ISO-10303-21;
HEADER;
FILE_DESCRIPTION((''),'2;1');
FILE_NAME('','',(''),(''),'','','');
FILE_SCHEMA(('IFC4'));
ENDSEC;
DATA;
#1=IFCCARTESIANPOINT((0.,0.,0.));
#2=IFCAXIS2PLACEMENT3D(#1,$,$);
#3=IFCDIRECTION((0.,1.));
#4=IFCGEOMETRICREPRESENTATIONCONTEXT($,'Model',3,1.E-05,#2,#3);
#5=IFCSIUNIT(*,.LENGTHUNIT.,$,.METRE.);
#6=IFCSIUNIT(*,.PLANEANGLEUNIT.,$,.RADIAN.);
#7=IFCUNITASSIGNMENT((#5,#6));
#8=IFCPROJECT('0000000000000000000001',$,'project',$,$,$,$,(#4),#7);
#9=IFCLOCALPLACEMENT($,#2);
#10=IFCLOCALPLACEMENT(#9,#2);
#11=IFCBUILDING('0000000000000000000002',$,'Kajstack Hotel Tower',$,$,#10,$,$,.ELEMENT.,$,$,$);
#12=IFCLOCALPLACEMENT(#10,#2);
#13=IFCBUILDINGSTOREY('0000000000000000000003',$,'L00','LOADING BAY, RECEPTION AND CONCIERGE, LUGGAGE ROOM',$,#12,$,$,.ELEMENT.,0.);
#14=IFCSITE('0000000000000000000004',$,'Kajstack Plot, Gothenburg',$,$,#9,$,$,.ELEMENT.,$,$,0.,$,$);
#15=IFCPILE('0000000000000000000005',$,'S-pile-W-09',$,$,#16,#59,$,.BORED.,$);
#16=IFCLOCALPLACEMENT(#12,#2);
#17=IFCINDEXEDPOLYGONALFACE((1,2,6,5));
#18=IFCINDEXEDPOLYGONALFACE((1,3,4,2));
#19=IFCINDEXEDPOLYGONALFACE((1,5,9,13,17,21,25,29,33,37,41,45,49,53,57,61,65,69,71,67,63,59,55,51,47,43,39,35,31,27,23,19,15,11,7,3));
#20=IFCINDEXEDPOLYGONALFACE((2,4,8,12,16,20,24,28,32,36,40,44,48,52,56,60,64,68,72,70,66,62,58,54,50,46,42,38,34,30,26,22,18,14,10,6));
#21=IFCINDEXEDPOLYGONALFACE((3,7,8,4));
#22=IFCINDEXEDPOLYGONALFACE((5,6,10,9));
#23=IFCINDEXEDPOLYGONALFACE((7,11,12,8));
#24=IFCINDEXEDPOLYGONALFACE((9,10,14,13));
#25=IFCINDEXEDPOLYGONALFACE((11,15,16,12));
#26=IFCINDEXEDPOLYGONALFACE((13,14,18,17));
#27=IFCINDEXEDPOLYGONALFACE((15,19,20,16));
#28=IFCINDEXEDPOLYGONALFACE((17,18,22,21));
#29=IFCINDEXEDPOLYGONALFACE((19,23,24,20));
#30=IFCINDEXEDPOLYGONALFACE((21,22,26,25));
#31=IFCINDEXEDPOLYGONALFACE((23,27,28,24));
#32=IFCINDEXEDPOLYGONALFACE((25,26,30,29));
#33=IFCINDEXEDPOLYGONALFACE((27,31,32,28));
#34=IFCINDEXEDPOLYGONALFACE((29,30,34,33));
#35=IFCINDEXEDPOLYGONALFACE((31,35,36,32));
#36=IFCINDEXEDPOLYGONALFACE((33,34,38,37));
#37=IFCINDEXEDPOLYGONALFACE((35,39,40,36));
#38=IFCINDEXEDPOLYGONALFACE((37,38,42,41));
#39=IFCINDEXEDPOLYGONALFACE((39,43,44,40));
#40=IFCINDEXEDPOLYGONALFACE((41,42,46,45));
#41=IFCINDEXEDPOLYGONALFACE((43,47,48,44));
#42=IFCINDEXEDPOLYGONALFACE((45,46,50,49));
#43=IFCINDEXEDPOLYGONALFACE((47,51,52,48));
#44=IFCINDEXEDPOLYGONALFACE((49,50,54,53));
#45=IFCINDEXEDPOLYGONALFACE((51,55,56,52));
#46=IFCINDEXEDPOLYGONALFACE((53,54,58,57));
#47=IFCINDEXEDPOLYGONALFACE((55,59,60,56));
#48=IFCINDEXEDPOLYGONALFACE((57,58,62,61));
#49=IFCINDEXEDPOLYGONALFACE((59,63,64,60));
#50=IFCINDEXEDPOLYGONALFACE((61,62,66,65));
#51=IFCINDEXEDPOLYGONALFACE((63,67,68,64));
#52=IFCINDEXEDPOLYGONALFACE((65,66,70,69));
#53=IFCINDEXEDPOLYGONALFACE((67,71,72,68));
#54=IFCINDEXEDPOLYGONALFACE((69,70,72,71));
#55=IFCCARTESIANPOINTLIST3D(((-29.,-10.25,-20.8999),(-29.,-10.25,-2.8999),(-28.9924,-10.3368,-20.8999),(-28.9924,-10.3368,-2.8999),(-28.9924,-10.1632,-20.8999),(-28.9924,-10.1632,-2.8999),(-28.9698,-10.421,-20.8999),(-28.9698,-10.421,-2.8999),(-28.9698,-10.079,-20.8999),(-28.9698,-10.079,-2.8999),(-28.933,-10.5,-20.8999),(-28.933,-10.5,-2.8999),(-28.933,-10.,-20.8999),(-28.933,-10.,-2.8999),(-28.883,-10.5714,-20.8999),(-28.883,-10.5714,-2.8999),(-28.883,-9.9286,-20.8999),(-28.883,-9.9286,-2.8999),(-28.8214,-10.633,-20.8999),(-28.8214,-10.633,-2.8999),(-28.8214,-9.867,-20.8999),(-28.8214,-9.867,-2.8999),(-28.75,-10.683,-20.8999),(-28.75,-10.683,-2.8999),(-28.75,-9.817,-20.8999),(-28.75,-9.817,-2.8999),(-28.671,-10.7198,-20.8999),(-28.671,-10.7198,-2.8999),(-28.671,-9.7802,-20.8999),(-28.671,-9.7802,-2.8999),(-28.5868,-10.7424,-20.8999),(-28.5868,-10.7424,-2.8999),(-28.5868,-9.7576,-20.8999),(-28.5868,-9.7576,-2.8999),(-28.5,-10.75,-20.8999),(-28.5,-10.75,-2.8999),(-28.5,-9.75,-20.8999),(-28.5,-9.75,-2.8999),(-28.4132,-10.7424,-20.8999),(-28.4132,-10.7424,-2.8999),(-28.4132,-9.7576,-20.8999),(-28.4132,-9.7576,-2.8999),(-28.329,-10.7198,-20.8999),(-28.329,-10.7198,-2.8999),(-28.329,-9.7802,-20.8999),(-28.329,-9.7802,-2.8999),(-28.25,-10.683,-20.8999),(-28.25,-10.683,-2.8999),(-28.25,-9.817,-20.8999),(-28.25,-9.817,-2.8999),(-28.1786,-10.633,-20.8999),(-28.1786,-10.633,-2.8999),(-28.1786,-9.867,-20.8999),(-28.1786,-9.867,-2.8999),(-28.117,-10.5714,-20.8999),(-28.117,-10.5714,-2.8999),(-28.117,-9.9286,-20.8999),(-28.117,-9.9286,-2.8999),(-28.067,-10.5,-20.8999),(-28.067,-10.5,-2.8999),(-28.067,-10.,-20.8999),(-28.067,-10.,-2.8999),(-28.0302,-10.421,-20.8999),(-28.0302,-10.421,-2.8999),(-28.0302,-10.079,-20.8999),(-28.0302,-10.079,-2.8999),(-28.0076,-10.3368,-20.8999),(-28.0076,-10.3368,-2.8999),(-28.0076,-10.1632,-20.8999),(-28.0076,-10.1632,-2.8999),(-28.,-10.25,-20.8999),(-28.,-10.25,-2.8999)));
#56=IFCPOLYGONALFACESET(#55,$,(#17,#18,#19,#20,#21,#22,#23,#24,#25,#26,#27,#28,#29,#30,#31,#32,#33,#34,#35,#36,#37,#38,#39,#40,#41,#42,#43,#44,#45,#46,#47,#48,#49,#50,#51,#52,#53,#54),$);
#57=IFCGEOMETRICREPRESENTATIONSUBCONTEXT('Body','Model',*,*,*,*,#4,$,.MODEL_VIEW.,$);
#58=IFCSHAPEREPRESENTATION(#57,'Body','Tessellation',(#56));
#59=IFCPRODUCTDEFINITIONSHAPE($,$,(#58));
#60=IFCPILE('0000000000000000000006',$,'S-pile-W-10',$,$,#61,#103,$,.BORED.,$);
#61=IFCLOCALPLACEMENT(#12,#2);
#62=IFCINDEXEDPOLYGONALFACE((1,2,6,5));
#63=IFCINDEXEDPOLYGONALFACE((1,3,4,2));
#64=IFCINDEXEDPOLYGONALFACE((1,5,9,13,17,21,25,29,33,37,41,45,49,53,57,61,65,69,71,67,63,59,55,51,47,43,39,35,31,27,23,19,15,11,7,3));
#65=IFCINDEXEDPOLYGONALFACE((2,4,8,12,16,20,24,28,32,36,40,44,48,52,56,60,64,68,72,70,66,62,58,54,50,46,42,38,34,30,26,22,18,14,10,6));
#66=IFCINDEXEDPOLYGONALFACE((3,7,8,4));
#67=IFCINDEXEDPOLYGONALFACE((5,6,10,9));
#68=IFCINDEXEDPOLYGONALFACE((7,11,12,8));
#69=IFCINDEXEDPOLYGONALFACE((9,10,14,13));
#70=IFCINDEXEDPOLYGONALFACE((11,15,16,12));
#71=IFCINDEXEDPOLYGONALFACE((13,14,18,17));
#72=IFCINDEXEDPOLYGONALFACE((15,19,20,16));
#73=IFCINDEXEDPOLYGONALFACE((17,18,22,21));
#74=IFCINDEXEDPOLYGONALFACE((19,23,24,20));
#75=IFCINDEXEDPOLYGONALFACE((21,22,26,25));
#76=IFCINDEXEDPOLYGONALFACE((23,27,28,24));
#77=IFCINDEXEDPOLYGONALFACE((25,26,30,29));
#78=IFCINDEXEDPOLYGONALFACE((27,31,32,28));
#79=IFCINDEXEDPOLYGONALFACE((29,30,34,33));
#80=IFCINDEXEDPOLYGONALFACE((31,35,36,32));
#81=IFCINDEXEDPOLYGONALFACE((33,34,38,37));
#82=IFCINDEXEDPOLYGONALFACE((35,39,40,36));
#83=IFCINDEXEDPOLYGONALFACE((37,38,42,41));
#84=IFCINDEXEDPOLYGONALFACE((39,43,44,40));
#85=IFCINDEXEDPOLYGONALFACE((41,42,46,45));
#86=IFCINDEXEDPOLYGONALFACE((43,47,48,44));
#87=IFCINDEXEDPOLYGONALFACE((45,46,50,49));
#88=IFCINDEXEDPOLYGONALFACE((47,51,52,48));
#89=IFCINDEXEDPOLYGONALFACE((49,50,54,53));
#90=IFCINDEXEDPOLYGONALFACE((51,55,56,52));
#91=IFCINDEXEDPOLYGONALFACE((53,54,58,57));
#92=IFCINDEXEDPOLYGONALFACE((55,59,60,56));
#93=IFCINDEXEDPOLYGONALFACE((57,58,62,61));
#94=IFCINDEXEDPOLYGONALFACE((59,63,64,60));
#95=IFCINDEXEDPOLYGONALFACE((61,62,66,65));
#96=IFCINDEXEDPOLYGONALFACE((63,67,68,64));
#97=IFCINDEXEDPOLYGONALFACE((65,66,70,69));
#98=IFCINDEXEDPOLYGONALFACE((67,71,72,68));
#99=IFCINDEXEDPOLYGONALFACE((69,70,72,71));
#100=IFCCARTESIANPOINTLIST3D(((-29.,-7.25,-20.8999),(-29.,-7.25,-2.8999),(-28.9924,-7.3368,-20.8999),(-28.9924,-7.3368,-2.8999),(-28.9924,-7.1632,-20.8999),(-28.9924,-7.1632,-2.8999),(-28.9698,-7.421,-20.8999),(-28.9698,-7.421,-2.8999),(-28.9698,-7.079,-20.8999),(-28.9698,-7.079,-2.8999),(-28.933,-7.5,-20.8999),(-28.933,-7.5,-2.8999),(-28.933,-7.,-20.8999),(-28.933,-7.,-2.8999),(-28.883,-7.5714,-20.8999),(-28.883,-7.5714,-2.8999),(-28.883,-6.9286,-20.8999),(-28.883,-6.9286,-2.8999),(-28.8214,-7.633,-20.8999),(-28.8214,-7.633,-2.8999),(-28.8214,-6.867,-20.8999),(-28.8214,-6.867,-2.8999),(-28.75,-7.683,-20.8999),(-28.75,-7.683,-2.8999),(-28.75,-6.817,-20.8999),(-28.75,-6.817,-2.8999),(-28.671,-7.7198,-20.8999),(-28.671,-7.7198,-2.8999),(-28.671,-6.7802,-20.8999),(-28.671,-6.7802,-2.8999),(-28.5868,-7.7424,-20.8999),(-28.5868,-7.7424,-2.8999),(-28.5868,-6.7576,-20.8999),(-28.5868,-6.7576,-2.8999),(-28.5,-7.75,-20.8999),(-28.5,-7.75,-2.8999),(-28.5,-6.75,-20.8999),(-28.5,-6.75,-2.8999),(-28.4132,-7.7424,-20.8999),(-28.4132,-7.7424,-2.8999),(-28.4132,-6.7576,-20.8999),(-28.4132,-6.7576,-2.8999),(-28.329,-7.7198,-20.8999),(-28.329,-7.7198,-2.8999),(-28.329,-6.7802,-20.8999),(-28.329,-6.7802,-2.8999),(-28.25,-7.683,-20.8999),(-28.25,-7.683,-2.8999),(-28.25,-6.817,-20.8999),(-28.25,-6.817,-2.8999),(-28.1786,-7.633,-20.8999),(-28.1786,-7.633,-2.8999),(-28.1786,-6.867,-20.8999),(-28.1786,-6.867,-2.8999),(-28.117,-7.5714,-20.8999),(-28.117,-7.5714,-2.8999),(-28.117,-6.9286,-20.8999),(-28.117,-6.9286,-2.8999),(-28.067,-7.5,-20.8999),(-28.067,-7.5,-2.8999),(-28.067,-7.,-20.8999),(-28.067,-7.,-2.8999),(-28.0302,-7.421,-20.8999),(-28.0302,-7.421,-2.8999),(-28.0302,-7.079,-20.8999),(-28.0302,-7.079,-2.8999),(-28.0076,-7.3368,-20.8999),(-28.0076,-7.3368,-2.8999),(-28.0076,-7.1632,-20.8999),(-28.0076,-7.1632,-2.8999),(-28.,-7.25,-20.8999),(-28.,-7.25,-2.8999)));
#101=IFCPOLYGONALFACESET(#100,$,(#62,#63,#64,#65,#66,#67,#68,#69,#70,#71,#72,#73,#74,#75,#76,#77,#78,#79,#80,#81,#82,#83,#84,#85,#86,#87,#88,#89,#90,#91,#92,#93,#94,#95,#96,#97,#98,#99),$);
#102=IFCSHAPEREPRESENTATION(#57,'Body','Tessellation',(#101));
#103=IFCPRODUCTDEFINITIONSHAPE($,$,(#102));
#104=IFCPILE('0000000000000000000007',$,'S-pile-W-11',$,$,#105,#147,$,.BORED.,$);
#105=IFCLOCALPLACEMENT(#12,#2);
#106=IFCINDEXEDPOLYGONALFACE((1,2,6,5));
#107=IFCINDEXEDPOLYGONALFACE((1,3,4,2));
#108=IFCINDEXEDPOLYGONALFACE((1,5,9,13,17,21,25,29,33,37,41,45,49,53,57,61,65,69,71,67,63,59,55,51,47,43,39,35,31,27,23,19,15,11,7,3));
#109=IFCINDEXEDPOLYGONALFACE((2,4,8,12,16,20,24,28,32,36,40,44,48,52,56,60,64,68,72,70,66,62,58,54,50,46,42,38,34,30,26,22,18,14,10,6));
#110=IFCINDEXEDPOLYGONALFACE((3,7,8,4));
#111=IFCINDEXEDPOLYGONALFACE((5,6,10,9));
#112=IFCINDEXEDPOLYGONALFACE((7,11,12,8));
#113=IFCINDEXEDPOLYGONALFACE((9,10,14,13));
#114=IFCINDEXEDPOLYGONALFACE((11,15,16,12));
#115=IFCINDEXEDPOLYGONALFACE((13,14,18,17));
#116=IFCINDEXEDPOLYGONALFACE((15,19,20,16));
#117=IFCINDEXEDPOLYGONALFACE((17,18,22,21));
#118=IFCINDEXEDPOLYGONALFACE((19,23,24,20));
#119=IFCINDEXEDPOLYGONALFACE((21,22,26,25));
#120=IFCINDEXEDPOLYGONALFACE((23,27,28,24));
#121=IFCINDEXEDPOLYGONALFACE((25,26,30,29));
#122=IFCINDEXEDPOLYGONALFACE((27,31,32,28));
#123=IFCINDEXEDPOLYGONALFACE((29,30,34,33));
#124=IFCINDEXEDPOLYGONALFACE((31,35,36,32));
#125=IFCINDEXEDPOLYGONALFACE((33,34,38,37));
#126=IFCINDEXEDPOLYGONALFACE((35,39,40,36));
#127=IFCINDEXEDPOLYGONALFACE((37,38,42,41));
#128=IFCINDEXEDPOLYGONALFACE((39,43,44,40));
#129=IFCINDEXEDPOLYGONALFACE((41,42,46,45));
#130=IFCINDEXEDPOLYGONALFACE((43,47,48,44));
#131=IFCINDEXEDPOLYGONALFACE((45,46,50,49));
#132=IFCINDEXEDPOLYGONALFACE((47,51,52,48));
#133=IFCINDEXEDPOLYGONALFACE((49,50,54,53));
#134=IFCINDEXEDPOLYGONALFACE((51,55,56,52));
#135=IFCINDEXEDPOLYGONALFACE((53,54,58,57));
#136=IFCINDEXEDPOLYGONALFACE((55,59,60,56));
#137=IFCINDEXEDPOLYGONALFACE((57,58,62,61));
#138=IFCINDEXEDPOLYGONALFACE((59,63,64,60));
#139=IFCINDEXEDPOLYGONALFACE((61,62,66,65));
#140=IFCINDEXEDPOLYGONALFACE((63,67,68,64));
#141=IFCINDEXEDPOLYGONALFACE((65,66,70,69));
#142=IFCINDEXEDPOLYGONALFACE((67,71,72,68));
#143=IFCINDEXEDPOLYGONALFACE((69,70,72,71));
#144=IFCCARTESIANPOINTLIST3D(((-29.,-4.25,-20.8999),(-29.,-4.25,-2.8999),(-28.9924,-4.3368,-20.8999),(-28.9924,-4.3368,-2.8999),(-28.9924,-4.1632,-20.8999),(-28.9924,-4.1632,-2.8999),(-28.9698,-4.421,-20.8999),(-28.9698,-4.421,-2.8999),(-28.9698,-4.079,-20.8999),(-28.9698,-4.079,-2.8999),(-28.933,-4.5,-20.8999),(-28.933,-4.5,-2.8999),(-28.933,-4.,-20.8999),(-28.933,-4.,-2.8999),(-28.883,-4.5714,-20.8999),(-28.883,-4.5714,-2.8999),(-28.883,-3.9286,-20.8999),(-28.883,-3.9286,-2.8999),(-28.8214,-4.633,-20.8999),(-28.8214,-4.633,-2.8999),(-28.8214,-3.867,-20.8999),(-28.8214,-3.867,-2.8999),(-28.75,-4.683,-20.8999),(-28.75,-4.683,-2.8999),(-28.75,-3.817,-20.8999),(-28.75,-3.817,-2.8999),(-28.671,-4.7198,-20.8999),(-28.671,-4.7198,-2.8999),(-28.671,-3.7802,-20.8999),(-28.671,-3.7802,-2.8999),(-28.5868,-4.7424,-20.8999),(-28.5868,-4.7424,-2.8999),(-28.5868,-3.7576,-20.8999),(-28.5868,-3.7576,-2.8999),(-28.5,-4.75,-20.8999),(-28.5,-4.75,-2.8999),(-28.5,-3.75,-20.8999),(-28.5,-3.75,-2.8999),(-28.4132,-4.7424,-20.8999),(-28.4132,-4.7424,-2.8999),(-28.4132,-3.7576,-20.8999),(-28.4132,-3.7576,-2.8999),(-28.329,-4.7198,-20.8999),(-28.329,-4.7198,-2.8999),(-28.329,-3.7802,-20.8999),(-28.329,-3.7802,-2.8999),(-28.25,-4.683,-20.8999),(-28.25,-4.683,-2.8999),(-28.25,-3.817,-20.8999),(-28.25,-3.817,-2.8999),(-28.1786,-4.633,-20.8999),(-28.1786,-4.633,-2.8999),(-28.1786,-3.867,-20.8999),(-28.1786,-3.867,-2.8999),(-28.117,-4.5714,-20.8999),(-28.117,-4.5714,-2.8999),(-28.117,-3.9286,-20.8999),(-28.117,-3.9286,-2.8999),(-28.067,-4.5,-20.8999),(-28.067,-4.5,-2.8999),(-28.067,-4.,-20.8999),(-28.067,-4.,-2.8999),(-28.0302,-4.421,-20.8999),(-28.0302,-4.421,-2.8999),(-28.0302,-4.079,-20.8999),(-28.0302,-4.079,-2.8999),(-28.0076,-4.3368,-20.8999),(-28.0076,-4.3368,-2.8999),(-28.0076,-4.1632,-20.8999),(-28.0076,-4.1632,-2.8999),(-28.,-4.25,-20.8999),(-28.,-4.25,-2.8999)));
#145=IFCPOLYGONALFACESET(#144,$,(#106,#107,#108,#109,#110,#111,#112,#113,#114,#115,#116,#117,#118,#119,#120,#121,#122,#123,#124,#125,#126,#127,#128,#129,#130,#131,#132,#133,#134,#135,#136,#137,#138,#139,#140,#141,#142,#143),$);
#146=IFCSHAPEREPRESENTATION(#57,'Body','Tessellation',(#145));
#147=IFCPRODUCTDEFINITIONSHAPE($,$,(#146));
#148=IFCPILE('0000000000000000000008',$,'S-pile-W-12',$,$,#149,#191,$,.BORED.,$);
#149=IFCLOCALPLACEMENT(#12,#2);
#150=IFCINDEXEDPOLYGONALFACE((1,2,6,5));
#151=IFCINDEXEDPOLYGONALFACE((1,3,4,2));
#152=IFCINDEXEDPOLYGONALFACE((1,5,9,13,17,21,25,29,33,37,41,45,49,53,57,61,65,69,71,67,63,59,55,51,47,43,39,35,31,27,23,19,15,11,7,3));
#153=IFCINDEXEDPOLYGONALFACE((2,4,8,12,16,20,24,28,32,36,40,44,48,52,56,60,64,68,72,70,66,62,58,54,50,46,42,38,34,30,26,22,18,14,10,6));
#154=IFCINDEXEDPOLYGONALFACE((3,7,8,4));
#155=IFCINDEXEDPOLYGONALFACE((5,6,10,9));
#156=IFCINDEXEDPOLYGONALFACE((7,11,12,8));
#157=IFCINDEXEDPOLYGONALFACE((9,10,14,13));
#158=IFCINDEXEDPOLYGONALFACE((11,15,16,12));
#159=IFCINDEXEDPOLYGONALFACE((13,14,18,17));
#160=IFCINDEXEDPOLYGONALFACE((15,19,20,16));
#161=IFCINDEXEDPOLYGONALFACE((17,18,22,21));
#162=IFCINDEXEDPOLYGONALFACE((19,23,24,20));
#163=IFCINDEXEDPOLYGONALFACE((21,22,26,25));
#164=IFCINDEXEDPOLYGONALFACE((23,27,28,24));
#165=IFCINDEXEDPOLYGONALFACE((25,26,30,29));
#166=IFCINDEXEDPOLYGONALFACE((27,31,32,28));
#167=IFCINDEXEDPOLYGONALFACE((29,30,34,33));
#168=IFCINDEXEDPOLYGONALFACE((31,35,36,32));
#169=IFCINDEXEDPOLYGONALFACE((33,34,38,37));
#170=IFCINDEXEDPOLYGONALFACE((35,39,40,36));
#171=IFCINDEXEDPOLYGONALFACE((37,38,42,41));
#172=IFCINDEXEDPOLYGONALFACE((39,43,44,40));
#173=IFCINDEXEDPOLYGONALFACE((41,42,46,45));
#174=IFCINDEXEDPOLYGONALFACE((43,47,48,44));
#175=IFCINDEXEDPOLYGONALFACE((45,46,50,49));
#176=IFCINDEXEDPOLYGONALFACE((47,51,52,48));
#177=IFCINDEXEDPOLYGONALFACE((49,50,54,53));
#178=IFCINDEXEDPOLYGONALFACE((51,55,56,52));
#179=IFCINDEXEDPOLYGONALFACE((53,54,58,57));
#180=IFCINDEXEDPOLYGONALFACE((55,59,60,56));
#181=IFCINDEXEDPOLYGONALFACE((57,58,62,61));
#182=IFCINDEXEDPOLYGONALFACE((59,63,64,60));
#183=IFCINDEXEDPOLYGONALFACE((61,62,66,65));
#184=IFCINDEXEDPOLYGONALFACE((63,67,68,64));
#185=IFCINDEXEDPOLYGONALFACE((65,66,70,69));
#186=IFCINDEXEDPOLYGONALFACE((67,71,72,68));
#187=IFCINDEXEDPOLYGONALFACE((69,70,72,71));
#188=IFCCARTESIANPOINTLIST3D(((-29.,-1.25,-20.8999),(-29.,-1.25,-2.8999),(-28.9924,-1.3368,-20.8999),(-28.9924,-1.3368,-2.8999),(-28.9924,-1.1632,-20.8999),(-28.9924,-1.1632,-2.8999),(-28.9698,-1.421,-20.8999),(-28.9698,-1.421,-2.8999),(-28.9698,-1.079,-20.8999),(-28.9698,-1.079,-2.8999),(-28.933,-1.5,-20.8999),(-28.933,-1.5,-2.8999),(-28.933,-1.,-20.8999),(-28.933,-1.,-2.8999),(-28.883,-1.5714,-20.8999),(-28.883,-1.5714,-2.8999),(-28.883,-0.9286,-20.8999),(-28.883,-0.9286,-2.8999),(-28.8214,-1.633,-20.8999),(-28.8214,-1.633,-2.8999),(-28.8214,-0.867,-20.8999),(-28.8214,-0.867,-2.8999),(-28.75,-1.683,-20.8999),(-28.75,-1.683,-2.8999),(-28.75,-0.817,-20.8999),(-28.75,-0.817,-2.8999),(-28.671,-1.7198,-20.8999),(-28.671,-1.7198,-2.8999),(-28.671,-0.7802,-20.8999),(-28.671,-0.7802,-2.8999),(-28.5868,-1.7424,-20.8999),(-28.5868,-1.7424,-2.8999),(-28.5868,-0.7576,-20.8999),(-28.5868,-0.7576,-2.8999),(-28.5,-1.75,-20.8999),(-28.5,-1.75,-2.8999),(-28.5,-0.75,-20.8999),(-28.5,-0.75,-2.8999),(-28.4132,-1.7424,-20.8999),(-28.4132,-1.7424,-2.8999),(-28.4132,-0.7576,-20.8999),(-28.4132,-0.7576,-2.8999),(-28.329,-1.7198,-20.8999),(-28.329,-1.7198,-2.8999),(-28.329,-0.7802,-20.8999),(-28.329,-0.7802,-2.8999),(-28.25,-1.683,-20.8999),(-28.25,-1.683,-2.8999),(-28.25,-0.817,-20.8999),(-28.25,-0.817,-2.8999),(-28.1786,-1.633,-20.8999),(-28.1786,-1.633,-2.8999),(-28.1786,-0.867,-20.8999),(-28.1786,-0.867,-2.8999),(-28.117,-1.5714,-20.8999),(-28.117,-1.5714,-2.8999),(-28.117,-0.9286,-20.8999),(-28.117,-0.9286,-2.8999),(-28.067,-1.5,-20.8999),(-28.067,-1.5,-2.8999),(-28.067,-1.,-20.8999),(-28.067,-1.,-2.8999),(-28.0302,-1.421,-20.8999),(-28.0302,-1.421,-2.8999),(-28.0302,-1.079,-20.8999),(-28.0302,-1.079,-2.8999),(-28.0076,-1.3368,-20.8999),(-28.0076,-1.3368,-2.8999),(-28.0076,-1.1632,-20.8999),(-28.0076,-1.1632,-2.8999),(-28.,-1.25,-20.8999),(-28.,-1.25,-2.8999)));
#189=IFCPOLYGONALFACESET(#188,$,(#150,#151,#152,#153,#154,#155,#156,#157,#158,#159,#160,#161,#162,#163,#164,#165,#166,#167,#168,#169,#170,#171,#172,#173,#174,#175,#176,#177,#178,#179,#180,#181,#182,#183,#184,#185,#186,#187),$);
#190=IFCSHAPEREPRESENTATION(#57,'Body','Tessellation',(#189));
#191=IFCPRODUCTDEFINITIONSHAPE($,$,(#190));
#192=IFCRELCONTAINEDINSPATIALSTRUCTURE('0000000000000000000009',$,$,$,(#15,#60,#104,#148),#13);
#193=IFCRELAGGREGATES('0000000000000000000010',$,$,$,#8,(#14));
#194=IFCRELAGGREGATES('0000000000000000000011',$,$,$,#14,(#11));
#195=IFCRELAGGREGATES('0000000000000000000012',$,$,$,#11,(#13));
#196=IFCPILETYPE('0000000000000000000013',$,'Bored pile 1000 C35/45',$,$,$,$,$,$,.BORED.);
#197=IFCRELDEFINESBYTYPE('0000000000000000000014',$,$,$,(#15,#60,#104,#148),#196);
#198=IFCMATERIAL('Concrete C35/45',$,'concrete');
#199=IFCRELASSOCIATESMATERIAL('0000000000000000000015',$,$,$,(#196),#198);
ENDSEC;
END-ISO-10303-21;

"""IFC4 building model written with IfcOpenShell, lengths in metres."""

from ifc_helpers import new_model, si_unit, direction, frame, origin, origin_2d, place, context, subcontext, project, spatial, circle, extrude, material, material_profile, profile_set, type_object, element, save


model = new_model("IFC4")

# Units and contexts
model_context = context("Model", 3, precision=1e-05, world=origin(), true_north=direction((0.0, 1.0)))
body_context = subcontext(model_context, "Body", "Model", "MODEL_VIEW")
ifc_project = project(units=[si_unit("LENGTHUNIT", "METRE"), si_unit("PLANEANGLEUNIT", "RADIAN")], contexts=[model_context])

# Site, building, storey
site_placement = place(None, origin())
site = spatial("IfcSite", under=ifc_project, at=site_placement, Name="Kajstack Plot, Gothenburg", CompositionType="ELEMENT", RefElevation=0.0)
building_placement = place(site_placement, origin())
building = spatial("IfcBuilding", under=site, at=building_placement, Name="Kajstack Hotel Tower", CompositionType="ELEMENT")
storey_placement = place(building_placement, origin())
storey = spatial("IfcBuildingStorey", under=building, at=storey_placement, Name="L00", Description="LOADING BAY, RECEPTION AND CONCIERGE, LUGGAGE ROOM", CompositionType="ELEMENT", Elevation=0.0)

# Piles
ifc_material_1 = material(Name="Concrete C35/45", Category="concrete")
ifc_material_profile = material_profile(ifc_material_1, circle(Radius=0.5, at=origin_2d()), Name="RC round 1000")
ifc_profile_set = profile_set([ifc_material_profile], Name="Concrete C35/45")
pile_type = type_object("IfcPileType", Name="Bored pile 1000 C35/45", PredefinedType="BORED", material=ifc_profile_set)
for number, where, z_axis, x_axis, name in (
    (1, (-28.5, -10.25, -2.8999), (0.0, 0.0, -1.0), (1.0, 0.0, 0.0), "S-pile-W-09"),
    (2, (-28.5, -7.25, -2.8999), (0.0, 0.0, -1.0), (1.0, 0.0, 0.0), "S-pile-W-10"),
    (3, (-28.5, -4.25, -2.8999), (0.0, 0.0, -1.0), (1.0, 0.0, 0.0), "S-pile-W-11"),
    (4, (-28.5, -1.25, -2.8999), (0.0, 0.0, -1.0), (1.0, 0.0, 0.0), "S-pile-W-12"),
):
    element("IfcPile", number, at=place(storey_placement, frame(where, z_axis=z_axis, x_axis=x_axis)), inside=storey, type_object=pile_type, Name=name, PredefinedType="BORED", context=body_context, shape_type="SweptSolid", body=[
        extrude(circle(Radius=0.5, at=origin_2d()), origin(), (0.0, 0.0, 1.0), 18.0),
    ])

save(model, "model.ifc")
